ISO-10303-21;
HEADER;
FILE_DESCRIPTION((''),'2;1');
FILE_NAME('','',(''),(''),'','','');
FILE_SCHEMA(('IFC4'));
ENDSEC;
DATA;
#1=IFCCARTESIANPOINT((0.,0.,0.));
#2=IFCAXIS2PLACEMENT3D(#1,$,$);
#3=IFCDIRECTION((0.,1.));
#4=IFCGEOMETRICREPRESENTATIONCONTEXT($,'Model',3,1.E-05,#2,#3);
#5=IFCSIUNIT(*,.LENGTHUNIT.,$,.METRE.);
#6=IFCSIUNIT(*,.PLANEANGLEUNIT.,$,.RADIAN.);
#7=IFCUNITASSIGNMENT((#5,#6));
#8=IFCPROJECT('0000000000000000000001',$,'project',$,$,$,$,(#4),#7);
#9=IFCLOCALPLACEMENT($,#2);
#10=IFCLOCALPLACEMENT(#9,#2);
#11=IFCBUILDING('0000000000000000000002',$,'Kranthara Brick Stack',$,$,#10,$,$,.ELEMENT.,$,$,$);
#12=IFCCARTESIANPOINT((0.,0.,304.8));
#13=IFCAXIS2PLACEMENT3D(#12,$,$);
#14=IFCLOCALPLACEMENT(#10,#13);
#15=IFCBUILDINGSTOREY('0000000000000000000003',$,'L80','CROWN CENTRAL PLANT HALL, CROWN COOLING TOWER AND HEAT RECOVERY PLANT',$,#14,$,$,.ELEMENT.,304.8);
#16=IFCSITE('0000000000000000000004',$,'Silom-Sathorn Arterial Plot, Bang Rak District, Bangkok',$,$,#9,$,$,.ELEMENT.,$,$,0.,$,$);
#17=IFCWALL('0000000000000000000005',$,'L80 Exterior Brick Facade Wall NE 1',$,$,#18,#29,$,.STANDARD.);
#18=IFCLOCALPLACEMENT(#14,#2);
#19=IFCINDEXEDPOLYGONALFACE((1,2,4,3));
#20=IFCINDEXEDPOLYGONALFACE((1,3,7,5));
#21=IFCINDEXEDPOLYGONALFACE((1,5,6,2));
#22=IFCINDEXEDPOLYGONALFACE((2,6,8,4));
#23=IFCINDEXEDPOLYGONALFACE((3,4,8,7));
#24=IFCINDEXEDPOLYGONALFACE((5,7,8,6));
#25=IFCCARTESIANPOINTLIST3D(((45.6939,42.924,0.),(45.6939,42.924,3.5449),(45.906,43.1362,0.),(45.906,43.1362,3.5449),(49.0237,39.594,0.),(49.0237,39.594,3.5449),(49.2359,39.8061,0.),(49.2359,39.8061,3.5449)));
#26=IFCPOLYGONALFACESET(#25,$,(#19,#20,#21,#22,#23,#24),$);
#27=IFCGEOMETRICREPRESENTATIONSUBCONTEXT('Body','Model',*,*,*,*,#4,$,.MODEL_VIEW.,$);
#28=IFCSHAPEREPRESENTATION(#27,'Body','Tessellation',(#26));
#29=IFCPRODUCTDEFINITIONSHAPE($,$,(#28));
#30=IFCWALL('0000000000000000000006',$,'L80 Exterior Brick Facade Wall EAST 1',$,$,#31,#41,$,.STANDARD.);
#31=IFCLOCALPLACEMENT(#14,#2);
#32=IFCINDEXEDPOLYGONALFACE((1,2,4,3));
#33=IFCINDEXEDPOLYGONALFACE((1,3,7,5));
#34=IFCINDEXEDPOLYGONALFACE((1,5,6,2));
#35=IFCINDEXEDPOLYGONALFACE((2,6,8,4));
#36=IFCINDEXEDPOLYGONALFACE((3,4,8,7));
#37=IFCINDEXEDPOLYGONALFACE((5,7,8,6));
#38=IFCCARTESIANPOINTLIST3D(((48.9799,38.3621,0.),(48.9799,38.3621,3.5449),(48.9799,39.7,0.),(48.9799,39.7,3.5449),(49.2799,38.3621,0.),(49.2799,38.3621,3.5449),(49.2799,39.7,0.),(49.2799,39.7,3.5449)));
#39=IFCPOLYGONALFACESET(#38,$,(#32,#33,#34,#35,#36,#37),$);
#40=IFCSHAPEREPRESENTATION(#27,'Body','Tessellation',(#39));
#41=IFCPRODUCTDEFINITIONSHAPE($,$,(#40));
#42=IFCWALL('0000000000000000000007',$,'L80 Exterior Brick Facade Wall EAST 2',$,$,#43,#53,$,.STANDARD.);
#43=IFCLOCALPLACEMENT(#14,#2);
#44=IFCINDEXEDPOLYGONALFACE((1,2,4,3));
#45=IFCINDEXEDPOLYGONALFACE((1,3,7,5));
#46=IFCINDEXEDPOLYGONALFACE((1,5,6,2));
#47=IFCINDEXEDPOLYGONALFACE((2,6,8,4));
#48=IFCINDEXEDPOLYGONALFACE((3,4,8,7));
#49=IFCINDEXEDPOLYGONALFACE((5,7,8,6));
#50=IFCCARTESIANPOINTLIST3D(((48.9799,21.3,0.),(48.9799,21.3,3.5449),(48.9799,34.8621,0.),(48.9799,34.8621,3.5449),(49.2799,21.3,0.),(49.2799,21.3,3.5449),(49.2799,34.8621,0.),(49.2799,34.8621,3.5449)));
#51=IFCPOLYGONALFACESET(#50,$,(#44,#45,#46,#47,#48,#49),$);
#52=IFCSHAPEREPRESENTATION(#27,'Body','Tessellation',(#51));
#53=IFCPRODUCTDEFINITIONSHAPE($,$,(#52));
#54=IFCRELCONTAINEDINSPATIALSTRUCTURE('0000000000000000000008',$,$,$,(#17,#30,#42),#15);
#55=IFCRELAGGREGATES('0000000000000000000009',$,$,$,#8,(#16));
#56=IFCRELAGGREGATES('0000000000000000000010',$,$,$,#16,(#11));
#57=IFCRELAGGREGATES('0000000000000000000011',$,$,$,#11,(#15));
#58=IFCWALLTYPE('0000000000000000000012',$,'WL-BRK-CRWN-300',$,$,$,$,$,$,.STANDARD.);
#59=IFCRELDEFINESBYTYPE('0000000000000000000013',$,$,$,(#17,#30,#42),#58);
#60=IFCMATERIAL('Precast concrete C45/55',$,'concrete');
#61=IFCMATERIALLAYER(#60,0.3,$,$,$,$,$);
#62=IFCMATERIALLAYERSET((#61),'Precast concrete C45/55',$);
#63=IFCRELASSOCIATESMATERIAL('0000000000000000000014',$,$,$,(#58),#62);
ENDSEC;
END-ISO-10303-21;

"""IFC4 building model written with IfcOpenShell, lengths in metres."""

from ifc_helpers import new_model, si_unit, direction, frame, frame_2d, origin, place, context, subcontext, project, spatial, rectangle, extrude, material, layer, layer_set, type_object, element, save


model = new_model("IFC4")

# Units and contexts
model_context = context("Model", 3, precision=1e-05, world=origin(), true_north=direction((0.0, 1.0)))
body_context = subcontext(model_context, "Body", "Model", "MODEL_VIEW")
ifc_project = project(units=[si_unit("LENGTHUNIT", "METRE"), si_unit("PLANEANGLEUNIT", "RADIAN")], contexts=[model_context])

# Site, building, storey
site_placement = place(None, origin())
site = spatial("IfcSite", under=ifc_project, at=site_placement, Name="Silom-Sathorn Arterial Plot, Bang Rak District, Bangkok", CompositionType="ELEMENT", RefElevation=0.0)
building_placement = place(site_placement, origin())
building = spatial("IfcBuilding", under=site, at=building_placement, Name="Kranthara Brick Stack", CompositionType="ELEMENT")
storey_placement = place(building_placement, frame((0.0, 0.0, 304.8)))
storey = spatial("IfcBuildingStorey", under=building, at=storey_placement, Name="L80", Description="CROWN CENTRAL PLANT HALL, CROWN COOLING TOWER AND HEAT RECOVERY PLANT", CompositionType="ELEMENT", Elevation=304.8)

# Walls
ifc_material_1 = material(Name="Precast concrete C45/55", Category="concrete")
ifc_layer_1 = layer(ifc_material_1, 0.3)
ifc_layer_set_1 = layer_set([ifc_layer_1], Name="Precast concrete C45/55")
wall_type = type_object("IfcWallType", Name="WL-BRK-CRWN-300", PredefinedType="STANDARD", material=ifc_layer_set_1)
wall_1_placement = place(storey_placement, frame((45.8, 43.03, 0.0), z_axis=(0.0, 0.0, 1.0), x_axis=(0.707081, -0.707133, 0.0)))
element("IfcWall", 1, at=wall_1_placement, inside=storey, type_object=wall_type, Name="L80 Exterior Brick Facade Wall NE 1", PredefinedType="STANDARD", context=body_context, shape_type="SweptSolid", body=[
    extrude(rectangle(XDim=4.7092, YDim=0.3, at=frame_2d((2.3545, 0.0))), origin(), (0.0, 0.0, 1.0), 3.5449),
])
wall_2_placement = place(storey_placement, frame((49.1299, 39.7, 0.0), z_axis=(0.0, 0.0, 1.0), x_axis=(0.0, -1.0, 0.0)))
element("IfcWall", 2, at=wall_2_placement, inside=storey, type_object=wall_type, Name="L80 Exterior Brick Facade Wall EAST 1", PredefinedType="STANDARD", context=body_context, shape_type="SweptSolid", body=[
    extrude(rectangle(XDim=1.3379, YDim=0.3, at=frame_2d((0.6689, 0.0))), origin(), (0.0, 0.0, 1.0), 3.5449),
])
wall_3_placement = place(storey_placement, frame((49.1299, 34.8621, 0.0), z_axis=(0.0, 0.0, 1.0), x_axis=(0.0, -1.0, 0.0)))
element("IfcWall", 3, at=wall_3_placement, inside=storey, type_object=wall_type, Name="L80 Exterior Brick Facade Wall EAST 2", PredefinedType="STANDARD", context=body_context, shape_type="SweptSolid", body=[
    extrude(rectangle(XDim=13.562, YDim=0.3, at=frame_2d((6.781, 0.0))), origin(), (0.0, 0.0, 1.0), 3.5449),
])

save(model, "model.ifc")
